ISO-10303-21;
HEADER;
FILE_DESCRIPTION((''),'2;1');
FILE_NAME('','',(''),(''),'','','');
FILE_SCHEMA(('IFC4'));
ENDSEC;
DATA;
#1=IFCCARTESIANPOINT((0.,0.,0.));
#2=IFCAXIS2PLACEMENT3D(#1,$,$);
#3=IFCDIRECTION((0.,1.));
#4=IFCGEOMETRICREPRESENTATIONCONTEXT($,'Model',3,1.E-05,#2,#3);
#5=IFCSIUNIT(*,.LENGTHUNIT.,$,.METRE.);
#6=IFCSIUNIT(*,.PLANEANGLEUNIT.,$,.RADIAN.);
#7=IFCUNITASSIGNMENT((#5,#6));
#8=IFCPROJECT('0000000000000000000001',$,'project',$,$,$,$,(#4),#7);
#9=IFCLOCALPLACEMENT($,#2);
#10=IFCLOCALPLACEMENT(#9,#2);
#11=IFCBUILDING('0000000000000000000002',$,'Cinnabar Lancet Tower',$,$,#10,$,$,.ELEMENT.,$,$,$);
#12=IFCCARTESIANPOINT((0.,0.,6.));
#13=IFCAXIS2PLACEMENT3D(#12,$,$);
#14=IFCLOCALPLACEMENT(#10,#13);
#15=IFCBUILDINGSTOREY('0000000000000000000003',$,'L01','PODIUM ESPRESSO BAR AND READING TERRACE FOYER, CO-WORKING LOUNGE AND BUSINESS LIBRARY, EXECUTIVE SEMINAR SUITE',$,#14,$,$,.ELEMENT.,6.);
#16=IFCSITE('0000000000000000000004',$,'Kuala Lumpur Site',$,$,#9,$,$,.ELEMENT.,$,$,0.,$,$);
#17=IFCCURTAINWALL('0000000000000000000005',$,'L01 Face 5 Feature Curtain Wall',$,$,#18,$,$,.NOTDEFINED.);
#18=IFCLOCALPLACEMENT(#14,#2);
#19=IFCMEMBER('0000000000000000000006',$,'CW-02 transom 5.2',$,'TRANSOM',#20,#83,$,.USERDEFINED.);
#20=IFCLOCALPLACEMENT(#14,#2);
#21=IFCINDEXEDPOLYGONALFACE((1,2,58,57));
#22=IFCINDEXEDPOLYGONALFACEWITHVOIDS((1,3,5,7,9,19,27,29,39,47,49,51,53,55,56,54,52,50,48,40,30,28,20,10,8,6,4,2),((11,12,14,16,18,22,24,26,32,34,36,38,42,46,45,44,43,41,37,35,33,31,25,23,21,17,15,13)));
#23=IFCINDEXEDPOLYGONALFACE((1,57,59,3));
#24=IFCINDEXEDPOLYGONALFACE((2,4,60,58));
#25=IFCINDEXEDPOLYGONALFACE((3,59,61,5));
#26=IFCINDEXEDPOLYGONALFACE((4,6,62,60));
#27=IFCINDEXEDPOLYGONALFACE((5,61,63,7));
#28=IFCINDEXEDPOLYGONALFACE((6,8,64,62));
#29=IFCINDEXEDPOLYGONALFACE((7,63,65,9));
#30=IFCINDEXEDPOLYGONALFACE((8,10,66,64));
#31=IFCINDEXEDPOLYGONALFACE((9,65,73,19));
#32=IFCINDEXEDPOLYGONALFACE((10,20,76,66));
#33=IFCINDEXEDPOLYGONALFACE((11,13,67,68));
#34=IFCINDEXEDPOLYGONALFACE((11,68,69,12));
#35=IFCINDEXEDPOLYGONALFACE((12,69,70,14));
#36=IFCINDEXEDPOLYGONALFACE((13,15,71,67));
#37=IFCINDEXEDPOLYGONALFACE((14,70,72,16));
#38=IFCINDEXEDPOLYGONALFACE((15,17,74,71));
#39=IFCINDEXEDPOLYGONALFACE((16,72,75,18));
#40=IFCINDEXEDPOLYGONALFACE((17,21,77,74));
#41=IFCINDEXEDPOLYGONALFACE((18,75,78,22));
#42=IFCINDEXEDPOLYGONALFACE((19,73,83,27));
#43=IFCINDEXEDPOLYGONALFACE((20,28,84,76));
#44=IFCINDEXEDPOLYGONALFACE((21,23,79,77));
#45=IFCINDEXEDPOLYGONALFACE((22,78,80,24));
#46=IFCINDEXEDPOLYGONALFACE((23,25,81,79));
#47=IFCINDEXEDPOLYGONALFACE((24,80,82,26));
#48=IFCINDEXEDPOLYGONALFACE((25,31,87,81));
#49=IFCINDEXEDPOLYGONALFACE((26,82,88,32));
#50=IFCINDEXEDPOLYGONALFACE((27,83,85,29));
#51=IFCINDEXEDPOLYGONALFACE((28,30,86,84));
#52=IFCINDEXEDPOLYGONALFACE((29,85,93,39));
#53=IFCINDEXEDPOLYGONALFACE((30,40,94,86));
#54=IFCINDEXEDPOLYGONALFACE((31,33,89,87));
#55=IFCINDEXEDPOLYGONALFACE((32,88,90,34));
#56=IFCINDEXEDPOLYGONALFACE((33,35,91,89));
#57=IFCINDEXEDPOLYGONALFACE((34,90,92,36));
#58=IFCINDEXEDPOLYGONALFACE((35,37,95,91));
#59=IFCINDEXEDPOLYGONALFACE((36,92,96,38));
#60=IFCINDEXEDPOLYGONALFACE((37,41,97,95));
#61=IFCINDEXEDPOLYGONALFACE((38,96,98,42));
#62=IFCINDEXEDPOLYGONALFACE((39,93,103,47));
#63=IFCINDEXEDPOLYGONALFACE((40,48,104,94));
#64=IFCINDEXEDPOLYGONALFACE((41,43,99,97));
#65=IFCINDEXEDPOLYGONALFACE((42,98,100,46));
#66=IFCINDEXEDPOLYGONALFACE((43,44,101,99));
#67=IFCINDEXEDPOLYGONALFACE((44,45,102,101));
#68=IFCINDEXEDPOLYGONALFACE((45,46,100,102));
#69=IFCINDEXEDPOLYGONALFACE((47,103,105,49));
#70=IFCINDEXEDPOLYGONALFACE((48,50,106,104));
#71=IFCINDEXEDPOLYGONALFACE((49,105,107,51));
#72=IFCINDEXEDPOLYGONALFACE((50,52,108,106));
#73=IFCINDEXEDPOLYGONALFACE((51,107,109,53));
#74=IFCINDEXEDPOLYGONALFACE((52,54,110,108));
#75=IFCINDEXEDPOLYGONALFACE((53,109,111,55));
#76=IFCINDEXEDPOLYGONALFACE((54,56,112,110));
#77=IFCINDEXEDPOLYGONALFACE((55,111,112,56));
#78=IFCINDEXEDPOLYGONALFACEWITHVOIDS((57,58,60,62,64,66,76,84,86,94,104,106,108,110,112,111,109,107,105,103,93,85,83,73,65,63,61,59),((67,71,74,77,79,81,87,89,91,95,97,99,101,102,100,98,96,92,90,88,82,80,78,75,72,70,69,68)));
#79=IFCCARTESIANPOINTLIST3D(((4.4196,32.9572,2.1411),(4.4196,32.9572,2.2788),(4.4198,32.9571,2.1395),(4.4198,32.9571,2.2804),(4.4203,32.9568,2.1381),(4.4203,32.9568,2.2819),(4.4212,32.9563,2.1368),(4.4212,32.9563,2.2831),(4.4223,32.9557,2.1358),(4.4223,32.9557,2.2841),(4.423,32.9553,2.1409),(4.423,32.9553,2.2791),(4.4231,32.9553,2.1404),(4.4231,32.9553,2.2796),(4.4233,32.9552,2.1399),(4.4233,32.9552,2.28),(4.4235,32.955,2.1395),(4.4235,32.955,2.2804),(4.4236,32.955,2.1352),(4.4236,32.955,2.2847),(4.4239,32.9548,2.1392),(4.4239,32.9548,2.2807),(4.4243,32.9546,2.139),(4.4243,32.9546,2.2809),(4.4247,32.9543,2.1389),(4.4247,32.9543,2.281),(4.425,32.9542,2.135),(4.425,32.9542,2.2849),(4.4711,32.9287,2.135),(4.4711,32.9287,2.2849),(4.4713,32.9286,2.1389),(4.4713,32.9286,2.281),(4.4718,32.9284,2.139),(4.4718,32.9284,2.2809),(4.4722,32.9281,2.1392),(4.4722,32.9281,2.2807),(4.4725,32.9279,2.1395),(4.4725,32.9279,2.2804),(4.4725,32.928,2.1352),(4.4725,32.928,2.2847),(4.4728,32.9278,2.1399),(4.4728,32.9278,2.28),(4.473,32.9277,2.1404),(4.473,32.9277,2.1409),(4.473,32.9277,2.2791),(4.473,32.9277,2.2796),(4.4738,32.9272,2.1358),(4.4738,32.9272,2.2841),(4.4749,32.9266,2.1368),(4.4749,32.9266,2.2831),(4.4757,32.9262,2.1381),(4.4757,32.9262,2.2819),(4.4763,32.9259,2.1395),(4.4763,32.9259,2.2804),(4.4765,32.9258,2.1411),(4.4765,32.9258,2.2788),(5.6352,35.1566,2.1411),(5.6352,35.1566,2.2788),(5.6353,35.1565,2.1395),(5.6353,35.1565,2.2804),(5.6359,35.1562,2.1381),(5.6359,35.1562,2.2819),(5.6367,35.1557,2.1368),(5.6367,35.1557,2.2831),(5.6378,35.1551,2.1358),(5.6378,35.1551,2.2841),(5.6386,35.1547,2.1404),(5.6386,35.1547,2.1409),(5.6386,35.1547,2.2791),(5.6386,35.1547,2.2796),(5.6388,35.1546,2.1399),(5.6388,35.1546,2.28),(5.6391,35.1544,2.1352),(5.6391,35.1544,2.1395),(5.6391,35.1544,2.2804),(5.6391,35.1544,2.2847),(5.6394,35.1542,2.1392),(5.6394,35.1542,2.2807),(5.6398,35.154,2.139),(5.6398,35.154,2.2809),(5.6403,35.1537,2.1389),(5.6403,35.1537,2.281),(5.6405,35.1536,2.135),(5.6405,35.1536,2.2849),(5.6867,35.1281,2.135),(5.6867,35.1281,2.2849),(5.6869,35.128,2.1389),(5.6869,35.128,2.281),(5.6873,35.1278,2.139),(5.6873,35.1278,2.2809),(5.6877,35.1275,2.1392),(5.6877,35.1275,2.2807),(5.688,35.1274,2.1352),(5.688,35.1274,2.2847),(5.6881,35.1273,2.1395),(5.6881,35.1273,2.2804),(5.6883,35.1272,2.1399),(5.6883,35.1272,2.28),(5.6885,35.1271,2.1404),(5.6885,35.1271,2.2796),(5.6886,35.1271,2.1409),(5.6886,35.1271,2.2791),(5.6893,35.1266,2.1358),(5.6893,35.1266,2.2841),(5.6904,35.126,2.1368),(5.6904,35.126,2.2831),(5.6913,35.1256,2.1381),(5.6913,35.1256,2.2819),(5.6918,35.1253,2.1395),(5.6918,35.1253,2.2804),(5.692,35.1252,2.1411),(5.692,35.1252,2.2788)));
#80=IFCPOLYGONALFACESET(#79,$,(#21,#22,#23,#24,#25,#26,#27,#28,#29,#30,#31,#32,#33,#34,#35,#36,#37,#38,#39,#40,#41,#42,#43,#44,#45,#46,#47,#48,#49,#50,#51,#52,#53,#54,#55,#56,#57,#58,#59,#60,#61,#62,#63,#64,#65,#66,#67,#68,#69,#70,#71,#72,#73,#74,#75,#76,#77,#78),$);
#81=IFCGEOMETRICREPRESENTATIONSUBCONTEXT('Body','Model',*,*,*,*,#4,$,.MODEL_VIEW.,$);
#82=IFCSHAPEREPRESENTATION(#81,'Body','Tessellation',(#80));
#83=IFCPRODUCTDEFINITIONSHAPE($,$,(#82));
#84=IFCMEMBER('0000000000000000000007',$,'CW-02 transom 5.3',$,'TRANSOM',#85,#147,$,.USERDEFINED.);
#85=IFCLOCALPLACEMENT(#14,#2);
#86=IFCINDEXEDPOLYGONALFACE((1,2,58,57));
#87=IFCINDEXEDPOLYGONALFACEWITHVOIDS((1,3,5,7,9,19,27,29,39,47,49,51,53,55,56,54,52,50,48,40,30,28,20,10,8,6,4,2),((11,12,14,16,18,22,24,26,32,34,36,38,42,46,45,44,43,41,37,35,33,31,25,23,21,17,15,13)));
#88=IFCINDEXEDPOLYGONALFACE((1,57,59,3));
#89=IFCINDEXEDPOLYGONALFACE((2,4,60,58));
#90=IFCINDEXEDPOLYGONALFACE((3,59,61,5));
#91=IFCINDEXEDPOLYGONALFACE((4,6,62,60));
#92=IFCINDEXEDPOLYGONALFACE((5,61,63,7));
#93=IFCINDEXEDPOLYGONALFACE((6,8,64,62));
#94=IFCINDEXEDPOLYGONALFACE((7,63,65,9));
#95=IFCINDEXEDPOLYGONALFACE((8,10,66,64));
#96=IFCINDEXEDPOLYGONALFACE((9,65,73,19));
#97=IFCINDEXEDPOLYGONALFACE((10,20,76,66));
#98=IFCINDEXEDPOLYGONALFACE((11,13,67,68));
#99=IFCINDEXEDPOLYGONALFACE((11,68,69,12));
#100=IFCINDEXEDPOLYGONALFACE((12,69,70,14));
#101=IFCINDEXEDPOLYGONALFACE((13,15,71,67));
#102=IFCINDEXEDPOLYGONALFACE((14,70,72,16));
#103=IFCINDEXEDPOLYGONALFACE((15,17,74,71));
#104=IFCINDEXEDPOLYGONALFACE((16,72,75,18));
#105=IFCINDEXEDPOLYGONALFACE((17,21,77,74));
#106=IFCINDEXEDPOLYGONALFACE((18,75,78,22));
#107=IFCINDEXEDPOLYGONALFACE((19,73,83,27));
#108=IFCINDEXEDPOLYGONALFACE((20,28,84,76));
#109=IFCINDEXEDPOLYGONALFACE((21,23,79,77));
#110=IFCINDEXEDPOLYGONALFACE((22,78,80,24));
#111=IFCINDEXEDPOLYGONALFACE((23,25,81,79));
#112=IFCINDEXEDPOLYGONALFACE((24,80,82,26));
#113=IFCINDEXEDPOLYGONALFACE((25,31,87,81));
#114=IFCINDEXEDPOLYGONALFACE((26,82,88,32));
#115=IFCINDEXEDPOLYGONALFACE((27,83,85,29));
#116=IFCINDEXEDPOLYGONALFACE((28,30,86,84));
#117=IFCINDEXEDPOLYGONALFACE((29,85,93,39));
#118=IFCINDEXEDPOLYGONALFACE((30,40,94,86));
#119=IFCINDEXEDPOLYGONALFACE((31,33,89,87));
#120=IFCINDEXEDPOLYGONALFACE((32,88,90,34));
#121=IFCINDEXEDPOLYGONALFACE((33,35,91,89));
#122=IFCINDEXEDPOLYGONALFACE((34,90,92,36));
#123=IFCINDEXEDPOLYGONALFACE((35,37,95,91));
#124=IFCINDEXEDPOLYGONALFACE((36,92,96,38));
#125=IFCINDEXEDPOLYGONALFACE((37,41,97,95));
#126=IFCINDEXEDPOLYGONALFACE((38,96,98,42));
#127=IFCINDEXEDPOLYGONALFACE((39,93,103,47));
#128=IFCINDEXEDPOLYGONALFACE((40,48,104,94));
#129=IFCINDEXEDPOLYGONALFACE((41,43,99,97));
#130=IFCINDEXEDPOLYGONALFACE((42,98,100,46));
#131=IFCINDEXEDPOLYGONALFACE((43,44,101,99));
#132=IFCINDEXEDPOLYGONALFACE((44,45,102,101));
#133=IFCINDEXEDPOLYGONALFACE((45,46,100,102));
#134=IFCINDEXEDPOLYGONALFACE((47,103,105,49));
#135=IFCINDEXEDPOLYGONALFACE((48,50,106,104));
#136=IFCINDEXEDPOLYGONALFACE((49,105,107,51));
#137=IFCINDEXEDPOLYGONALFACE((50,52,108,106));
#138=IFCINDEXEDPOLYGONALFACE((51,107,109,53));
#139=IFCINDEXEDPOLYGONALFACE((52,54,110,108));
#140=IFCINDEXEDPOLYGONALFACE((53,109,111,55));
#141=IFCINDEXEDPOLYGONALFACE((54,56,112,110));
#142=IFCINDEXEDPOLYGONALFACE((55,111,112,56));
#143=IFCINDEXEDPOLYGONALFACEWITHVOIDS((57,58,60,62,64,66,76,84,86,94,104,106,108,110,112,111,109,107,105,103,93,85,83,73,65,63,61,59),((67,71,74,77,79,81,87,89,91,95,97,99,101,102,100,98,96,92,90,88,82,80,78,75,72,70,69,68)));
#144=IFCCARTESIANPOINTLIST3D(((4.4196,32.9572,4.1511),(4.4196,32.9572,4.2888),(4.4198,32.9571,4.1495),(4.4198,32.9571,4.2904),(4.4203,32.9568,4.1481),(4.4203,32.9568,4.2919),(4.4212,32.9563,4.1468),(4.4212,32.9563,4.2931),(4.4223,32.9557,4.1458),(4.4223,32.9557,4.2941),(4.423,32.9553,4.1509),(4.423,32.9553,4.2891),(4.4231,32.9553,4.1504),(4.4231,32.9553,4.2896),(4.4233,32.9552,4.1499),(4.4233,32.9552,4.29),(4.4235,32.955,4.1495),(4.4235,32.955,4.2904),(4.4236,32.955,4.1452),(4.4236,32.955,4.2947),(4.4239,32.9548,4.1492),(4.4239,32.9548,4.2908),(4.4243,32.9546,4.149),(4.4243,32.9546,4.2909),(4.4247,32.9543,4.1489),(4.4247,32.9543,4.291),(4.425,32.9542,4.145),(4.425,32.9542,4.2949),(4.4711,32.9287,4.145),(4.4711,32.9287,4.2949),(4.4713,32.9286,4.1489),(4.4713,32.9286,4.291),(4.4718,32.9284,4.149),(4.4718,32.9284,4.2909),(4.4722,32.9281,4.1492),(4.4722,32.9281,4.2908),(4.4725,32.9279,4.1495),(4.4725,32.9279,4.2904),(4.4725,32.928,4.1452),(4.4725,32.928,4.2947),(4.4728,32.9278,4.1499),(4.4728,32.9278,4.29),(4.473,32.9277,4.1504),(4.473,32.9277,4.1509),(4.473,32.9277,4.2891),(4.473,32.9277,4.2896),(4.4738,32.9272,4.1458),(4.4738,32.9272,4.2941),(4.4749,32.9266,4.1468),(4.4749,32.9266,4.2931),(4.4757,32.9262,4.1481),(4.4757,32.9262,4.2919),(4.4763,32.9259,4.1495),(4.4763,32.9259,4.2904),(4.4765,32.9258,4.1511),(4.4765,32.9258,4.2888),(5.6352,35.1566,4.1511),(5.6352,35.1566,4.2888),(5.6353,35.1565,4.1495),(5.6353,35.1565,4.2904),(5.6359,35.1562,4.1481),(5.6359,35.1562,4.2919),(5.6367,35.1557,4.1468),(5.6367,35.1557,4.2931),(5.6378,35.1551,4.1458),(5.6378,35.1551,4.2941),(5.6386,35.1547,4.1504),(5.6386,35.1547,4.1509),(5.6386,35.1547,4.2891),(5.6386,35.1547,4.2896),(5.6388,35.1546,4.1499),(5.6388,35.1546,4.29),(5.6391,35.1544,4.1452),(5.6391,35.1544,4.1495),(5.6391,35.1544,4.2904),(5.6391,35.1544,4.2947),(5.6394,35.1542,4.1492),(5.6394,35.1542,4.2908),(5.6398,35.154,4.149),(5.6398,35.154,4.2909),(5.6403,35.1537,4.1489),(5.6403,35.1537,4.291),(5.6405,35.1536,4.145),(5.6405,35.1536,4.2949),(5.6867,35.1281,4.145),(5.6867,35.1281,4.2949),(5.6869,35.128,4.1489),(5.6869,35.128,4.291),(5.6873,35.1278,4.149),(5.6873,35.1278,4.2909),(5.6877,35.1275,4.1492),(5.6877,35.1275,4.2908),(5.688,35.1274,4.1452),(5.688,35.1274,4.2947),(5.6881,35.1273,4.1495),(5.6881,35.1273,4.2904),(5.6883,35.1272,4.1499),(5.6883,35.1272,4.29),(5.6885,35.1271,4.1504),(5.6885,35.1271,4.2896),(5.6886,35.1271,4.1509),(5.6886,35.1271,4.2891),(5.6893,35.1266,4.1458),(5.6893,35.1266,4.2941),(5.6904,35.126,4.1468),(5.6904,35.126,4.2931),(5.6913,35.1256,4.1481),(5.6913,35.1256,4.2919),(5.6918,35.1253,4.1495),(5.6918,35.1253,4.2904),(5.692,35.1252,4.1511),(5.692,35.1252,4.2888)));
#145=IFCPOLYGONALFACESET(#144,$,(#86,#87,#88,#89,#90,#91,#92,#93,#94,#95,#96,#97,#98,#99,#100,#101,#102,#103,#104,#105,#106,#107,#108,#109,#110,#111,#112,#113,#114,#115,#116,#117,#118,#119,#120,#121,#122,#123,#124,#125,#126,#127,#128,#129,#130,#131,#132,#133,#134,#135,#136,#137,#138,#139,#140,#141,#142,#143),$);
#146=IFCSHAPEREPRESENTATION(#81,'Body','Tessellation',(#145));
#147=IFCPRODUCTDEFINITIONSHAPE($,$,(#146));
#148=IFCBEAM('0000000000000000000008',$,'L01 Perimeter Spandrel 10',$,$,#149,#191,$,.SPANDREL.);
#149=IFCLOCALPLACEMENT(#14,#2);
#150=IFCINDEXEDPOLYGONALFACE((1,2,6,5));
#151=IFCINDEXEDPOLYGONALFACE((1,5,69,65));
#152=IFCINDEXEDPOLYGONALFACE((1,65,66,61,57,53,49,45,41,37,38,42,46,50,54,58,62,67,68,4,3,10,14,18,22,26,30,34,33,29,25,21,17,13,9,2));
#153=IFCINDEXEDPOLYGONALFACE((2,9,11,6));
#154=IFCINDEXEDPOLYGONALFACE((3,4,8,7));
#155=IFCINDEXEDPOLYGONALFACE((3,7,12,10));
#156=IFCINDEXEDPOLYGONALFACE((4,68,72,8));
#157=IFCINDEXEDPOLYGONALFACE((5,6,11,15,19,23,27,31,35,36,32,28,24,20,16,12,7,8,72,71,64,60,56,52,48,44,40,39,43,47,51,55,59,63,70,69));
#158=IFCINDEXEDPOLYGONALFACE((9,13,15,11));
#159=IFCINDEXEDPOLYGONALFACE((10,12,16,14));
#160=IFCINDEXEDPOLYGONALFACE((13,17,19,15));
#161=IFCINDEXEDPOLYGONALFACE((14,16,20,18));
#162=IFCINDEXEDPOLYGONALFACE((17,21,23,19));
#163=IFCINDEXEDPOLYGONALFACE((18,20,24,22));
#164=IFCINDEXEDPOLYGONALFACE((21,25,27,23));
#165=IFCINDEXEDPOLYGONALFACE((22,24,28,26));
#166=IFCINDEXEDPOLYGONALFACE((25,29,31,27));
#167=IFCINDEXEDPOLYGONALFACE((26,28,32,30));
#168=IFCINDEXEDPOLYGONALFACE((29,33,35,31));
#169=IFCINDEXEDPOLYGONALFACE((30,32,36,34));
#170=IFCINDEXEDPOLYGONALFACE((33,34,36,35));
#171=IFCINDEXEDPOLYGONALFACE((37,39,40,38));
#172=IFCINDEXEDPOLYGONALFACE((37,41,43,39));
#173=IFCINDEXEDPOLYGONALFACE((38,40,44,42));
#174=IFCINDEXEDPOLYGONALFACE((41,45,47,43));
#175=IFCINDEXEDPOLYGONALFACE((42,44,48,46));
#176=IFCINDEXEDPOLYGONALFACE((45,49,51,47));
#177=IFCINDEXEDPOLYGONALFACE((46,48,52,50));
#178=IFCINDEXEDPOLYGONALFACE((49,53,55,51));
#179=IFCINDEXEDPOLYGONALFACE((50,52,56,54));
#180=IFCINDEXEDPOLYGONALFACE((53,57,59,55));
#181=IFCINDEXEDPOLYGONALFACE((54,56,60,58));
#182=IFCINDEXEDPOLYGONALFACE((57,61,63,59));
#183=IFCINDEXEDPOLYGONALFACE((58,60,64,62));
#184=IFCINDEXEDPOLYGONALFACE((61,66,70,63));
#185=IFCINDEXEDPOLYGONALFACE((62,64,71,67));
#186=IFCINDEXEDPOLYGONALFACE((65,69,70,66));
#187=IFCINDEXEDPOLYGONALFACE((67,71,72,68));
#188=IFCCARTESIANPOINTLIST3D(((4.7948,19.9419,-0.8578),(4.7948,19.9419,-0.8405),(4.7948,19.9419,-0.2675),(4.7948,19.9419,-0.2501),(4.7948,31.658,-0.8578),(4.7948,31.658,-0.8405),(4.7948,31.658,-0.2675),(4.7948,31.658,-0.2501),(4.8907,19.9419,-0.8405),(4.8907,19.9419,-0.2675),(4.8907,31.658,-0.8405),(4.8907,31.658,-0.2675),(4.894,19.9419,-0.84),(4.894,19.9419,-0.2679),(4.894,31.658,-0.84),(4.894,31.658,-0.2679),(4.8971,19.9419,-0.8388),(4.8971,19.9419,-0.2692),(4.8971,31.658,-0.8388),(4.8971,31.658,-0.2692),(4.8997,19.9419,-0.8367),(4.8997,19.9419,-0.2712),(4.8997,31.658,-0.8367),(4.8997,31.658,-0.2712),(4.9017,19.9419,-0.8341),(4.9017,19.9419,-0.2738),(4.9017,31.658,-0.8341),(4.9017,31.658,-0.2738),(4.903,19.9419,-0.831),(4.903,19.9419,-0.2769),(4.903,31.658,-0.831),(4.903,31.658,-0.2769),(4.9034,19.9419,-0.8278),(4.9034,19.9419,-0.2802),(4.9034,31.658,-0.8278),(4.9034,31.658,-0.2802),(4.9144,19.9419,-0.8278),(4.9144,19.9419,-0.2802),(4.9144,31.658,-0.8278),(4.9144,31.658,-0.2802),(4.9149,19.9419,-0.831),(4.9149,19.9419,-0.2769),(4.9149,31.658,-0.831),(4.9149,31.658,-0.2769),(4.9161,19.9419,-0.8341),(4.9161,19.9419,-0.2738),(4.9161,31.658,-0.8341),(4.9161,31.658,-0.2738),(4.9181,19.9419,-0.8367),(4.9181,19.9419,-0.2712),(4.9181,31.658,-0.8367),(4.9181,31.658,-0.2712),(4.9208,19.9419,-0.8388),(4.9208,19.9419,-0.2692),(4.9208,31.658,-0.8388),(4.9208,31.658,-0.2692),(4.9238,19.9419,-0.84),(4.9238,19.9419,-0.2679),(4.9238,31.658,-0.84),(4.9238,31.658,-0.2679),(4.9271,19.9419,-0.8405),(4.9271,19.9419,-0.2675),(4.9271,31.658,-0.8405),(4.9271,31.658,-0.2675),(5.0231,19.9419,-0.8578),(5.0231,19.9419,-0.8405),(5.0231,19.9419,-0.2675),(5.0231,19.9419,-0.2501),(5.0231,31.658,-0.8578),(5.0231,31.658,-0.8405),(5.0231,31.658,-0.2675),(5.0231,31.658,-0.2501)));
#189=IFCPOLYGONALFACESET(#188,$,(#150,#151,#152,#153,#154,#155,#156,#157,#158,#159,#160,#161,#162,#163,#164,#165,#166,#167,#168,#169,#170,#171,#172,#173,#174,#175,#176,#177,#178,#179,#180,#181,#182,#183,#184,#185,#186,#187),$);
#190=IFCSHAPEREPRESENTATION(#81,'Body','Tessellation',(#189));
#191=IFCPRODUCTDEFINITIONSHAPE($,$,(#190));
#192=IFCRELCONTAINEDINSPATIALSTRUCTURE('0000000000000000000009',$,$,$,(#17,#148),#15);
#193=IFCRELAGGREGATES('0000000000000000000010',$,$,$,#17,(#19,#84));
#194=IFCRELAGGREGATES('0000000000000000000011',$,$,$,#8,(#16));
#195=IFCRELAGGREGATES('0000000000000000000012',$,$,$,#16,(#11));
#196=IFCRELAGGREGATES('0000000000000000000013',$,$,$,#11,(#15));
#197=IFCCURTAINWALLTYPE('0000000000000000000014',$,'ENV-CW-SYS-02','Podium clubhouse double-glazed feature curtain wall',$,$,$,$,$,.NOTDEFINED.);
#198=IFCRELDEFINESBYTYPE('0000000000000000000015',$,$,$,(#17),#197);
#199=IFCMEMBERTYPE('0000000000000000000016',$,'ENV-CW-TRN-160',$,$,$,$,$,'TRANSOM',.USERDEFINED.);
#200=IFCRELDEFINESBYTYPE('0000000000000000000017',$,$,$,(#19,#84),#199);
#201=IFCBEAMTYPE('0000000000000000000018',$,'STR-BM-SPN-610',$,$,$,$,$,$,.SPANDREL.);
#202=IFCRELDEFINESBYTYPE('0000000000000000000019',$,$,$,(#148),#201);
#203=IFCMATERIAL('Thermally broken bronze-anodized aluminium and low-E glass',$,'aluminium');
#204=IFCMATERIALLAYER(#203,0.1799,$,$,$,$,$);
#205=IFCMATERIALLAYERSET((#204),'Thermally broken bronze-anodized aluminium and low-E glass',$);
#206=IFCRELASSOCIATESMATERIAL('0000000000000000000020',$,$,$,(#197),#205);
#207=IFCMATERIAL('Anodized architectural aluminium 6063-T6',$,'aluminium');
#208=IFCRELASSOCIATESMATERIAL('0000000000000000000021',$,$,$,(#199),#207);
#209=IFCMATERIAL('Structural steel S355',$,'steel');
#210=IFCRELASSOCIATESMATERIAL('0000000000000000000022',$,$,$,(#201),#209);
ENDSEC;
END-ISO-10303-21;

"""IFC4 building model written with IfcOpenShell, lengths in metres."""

from ifc_helpers import new_model, si_unit, direction, frame, origin, origin_2d, place, context, subcontext, project, spatial, hollow_rectangle, i_section, extrude, material, layer, layer_set, material_profile, profile_set, type_object, element, aggregate, save


model = new_model("IFC4")

# Units and contexts
model_context = context("Model", 3, precision=1e-05, world=origin(), true_north=direction((0.0, 1.0)))
body_context = subcontext(model_context, "Body", "Model", "MODEL_VIEW")
ifc_project = project(units=[si_unit("LENGTHUNIT", "METRE"), si_unit("PLANEANGLEUNIT", "RADIAN")], contexts=[model_context])

# Site, building, storey
site_placement = place(None, origin())
site = spatial("IfcSite", under=ifc_project, at=site_placement, Name="Kuala Lumpur Site", CompositionType="ELEMENT", RefElevation=0.0)
building_placement = place(site_placement, origin())
building = spatial("IfcBuilding", under=site, at=building_placement, Name="Cinnabar Lancet Tower", CompositionType="ELEMENT")
storey_placement = place(building_placement, frame((0.0, 0.0, 6.0)))
storey = spatial("IfcBuildingStorey", under=building, at=storey_placement, Name="L01", Description="PODIUM ESPRESSO BAR AND READING TERRACE FOYER, CO-WORKING LOUNGE AND BUSINESS LIBRARY, EXECUTIVE SEMINAR SUITE", CompositionType="ELEMENT", Elevation=6.0)

# Curtain wall, members
ifc_material_1 = material(Name="Thermally broken bronze-anodized aluminium and low-E glass", Category="aluminium")
ifc_layer_1 = layer(ifc_material_1, 0.1799)
ifc_layer_set_1 = layer_set([ifc_layer_1], Name="Thermally broken bronze-anodized aluminium and low-E glass")
curtain_wall_type = type_object("IfcCurtainWallType", Name="ENV-CW-SYS-02", Description="Podium clubhouse double-glazed feature curtain wall", PredefinedType="NOTDEFINED", material=ifc_layer_set_1)
curtain_wall_placement = place(storey_placement, origin())
curtain_wall = element("IfcCurtainWall", 1, at=curtain_wall_placement, inside=storey, type_object=curtain_wall_type, Name="L01 Face 5 Feature Curtain Wall", PredefinedType="NOTDEFINED")
ifc_material_2 = material(Name="Anodized architectural aluminium 6063-T6", Category="aluminium")
ifc_material_profile_1 = material_profile(ifc_material_2, hollow_rectangle(XDim=0.0649, YDim=0.1499, WallThickness=0.0039, InnerFilletRadius=0.002, OuterFilletRadius=0.0061, at=origin_2d()), Name="CW-TRN 150x65x4")
ifc_profile_set_1 = profile_set([ifc_material_profile_1], Name="Anodized architectural aluminium 6063-T6")
member_type_1 = type_object("IfcMemberType", Name="ENV-CW-TRN-160", ElementType="TRANSOM", PredefinedType="USERDEFINED", material=ifc_profile_set_1)
member_1_placement = place(storey_placement, frame((5.6636, 35.1409, 2.21), z_axis=(-0.483712, -0.875227, 0.0), x_axis=(0.875227, -0.483712, 0.0)))
member_1 = element("IfcMember", 2, at=member_1_placement, type_object=member_type_1, Name="CW-02 transom 5.2", ObjectType="TRANSOM", PredefinedType="USERDEFINED", context=body_context, shape_type="SweptSolid", body=[
    extrude(hollow_rectangle(XDim=0.0649, YDim=0.1499, WallThickness=0.0039, InnerFilletRadius=0.002, OuterFilletRadius=0.0061, at=origin_2d()), origin(), (0.0, 0.0, 1.0), 2.5129),
])
member_2_placement = place(storey_placement, frame((5.6636, 35.1409, 4.22), z_axis=(-0.483712, -0.875227, 0.0), x_axis=(0.875227, -0.483712, 0.0)))
member_2 = element("IfcMember", 3, at=member_2_placement, type_object=member_type_1, Name="CW-02 transom 5.3", ObjectType="TRANSOM", PredefinedType="USERDEFINED", context=body_context, shape_type="SweptSolid", body=[
    extrude(hollow_rectangle(XDim=0.0649, YDim=0.1499, WallThickness=0.0039, InnerFilletRadius=0.002, OuterFilletRadius=0.0061, at=origin_2d()), origin(), (0.0, 0.0, 1.0), 2.5129),
])

# Beam
ifc_material_3 = material(Name="Structural steel S355", Category="steel")
ifc_material_profile_2 = material_profile(ifc_material_3, i_section(OverallWidth=0.2283, OverallDepth=0.6077, WebThickness=0.011, FlangeThickness=0.0173, FilletRadius=0.0127, at=origin_2d()), Name="UKB 610x229x113")
ifc_profile_set_2 = profile_set([ifc_material_profile_2], Name="Structural steel S355")
beam_type_1 = type_object("IfcBeamType", Name="STR-BM-SPN-610", PredefinedType="SPANDREL", material=ifc_profile_set_2)
beam_1_placement = place(storey_placement, frame((4.9089, 31.658, -0.554), z_axis=(0.0, -1.0, 0.0), x_axis=(1.0, 0.0, 0.0)))
element("IfcBeam", 4, at=beam_1_placement, inside=storey, type_object=beam_type_1, Name="L01 Perimeter Spandrel 10", PredefinedType="SPANDREL", context=body_context, shape_type="SweptSolid", body=[
    extrude(i_section(OverallWidth=0.2283, OverallDepth=0.6077, WebThickness=0.011, FlangeThickness=0.0173, FilletRadius=0.0127, at=origin_2d()), origin(), (0.0, 0.0, 1.0), 11.7161),
])

aggregate(curtain_wall, [member_1, member_2])

save(model, "model.ifc")
